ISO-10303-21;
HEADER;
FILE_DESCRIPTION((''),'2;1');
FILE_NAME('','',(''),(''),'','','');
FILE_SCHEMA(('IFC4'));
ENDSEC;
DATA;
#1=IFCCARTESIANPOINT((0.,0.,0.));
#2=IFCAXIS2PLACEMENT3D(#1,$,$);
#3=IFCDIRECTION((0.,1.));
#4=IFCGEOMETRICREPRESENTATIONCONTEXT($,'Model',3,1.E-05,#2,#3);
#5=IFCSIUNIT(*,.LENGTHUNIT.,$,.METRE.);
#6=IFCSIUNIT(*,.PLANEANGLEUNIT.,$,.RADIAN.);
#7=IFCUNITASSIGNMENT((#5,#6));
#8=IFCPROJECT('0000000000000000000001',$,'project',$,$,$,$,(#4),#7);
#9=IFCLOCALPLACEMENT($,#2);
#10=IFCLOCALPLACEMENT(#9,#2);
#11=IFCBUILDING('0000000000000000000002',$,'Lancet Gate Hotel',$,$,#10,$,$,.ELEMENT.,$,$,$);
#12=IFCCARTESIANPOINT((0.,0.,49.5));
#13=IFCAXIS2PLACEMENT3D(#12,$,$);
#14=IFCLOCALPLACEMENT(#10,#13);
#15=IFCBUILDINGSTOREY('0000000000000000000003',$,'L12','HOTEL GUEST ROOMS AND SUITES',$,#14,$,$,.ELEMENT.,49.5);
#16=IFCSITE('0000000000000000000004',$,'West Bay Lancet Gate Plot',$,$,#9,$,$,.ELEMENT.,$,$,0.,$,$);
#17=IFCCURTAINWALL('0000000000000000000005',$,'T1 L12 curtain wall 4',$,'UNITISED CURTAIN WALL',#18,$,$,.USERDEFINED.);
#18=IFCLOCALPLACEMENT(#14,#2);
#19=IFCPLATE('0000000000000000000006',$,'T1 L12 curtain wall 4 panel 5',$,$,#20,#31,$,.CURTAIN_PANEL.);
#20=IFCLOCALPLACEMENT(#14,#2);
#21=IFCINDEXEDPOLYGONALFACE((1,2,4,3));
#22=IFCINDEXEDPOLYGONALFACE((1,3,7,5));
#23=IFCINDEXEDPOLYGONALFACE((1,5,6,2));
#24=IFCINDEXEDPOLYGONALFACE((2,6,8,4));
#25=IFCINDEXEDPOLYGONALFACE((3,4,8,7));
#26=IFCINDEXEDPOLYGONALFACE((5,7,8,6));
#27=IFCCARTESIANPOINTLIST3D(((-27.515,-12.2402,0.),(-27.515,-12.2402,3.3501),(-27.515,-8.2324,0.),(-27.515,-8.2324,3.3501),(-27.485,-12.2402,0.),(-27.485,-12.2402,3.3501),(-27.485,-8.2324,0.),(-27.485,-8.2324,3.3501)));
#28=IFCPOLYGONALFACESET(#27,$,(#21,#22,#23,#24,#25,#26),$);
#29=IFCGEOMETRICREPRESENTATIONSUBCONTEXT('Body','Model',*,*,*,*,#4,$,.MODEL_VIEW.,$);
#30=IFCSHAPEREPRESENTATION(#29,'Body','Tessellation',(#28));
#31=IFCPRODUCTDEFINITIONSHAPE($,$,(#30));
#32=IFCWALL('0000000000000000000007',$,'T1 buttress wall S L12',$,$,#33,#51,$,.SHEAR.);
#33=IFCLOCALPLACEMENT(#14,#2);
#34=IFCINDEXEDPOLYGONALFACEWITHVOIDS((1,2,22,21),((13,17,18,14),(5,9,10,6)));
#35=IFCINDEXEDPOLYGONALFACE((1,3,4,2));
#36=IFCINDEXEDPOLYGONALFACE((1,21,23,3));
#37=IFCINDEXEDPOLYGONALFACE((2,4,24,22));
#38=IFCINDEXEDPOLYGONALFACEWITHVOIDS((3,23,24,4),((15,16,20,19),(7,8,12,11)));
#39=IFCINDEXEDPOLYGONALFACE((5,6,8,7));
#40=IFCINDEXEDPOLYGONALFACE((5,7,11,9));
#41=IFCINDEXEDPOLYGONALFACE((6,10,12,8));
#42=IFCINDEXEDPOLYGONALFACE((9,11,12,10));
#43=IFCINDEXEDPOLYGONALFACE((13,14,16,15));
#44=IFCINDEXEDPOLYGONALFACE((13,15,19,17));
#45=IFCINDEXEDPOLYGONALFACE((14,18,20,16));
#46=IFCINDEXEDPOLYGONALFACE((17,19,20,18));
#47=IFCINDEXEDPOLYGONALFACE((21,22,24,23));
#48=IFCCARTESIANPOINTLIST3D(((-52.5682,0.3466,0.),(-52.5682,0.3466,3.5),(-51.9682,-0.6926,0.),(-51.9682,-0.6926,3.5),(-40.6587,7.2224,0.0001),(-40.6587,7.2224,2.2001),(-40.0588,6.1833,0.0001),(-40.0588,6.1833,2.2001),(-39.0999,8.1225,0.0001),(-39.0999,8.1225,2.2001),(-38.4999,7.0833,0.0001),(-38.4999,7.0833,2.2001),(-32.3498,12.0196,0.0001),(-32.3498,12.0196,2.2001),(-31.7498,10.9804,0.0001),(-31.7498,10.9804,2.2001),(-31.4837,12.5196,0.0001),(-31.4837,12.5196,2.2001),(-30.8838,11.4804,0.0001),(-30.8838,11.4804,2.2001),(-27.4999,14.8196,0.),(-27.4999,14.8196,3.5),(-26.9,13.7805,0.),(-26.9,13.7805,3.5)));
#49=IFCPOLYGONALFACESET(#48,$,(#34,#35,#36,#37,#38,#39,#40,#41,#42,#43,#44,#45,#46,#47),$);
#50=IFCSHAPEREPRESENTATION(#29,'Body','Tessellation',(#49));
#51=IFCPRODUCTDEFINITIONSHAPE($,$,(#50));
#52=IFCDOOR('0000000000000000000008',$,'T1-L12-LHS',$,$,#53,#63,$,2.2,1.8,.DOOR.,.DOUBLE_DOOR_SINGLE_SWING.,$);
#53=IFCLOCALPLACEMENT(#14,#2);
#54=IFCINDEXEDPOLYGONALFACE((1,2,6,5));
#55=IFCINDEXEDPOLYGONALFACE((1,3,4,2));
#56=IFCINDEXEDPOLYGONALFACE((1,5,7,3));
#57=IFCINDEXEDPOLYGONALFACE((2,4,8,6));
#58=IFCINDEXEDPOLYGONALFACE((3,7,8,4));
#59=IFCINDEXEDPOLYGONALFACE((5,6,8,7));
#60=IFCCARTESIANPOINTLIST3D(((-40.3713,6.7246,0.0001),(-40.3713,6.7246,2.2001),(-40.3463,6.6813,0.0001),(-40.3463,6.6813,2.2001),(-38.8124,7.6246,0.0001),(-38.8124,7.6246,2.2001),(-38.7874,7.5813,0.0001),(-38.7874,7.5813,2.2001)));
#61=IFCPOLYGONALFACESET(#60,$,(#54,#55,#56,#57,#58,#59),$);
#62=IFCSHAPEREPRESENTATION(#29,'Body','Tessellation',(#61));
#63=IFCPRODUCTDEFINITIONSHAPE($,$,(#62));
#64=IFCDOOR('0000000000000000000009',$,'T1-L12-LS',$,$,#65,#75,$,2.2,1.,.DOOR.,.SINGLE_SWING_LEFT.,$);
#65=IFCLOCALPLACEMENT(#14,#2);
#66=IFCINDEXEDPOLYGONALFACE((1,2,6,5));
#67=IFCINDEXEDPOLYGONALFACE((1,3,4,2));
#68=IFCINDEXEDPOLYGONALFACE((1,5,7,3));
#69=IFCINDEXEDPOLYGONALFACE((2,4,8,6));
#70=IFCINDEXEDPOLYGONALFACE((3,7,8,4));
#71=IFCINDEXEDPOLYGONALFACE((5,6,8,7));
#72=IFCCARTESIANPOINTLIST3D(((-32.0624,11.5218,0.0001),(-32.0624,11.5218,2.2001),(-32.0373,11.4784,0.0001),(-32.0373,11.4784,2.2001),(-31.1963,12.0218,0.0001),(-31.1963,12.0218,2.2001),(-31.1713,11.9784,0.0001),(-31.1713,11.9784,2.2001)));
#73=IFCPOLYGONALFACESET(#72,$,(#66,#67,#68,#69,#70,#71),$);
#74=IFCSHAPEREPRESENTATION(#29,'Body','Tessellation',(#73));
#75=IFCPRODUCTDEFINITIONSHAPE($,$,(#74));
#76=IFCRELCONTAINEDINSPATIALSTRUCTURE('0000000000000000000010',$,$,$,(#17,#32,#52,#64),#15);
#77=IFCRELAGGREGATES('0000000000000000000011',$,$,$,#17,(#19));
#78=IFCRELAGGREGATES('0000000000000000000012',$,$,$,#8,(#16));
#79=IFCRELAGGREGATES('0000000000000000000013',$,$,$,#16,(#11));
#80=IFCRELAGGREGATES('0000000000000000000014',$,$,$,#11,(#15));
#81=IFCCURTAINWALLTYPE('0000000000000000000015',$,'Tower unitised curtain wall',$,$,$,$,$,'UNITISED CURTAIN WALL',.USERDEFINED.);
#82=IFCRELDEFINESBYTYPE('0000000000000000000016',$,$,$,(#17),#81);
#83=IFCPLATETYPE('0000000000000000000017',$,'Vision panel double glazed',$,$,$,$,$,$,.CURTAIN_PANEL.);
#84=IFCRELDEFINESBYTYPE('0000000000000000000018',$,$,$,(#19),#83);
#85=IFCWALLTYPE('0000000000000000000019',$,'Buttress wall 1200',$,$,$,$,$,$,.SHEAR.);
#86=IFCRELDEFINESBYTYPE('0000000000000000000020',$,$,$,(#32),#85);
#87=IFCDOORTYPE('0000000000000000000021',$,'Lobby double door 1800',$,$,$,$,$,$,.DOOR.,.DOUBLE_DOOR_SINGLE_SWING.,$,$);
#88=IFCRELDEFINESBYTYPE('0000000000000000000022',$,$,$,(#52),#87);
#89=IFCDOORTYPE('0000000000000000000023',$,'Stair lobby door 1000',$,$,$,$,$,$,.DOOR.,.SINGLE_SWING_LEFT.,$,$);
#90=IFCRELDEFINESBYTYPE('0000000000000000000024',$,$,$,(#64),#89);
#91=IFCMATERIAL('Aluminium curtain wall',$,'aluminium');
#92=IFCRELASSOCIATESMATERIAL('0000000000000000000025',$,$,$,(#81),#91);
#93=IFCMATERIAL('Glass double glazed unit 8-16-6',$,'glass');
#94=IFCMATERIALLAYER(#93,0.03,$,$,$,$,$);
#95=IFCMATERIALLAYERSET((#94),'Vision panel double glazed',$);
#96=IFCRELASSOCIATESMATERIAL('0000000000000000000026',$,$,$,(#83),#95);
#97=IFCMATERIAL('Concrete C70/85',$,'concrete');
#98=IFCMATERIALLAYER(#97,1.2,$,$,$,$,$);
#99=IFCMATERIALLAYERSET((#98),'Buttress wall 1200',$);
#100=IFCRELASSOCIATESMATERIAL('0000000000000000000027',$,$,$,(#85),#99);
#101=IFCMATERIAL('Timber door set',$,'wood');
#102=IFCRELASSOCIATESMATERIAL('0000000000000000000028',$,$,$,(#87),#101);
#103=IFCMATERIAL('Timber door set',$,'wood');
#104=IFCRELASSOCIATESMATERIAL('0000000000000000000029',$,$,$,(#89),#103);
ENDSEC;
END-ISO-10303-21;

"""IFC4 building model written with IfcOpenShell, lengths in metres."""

from ifc_helpers import new_model, si_unit, direction, frame, frame_2d, origin, origin_2d, place, context, subcontext, project, spatial, rectangle, extrude, material, layer, layer_set, type_object, element, fill, aggregate, save


model = new_model("IFC4")

# Units and contexts
model_context = context("Model", 3, precision=1e-05, world=origin(), true_north=direction((0.0, 1.0)))
body_context = subcontext(model_context, "Body", "Model", "MODEL_VIEW")
ifc_project = project(units=[si_unit("LENGTHUNIT", "METRE"), si_unit("PLANEANGLEUNIT", "RADIAN")], contexts=[model_context])

# Site, building, storey
site_placement = place(None, origin())
site = spatial("IfcSite", under=ifc_project, at=site_placement, Name="West Bay Lancet Gate Plot", CompositionType="ELEMENT", RefElevation=0.0)
building_placement = place(site_placement, origin())
building = spatial("IfcBuilding", under=site, at=building_placement, Name="Lancet Gate Hotel", CompositionType="ELEMENT")
storey_placement = place(building_placement, frame((0.0, 0.0, 49.5)))
storey = spatial("IfcBuildingStorey", under=building, at=storey_placement, Name="L12", Description="HOTEL GUEST ROOMS AND SUITES", CompositionType="ELEMENT", Elevation=49.5)

# Curtain wall
ifc_material_1 = material(Name="Aluminium curtain wall", Category="aluminium")
curtain_wall_type = type_object("IfcCurtainWallType", Name="Tower unitised curtain wall", ElementType="UNITISED CURTAIN WALL", PredefinedType="USERDEFINED", material=ifc_material_1)
curtain_wall_placement = place(storey_placement, origin())
curtain_wall = element("IfcCurtainWall", 1, at=curtain_wall_placement, inside=storey, type_object=curtain_wall_type, Name="T1 L12 curtain wall 4", ObjectType="UNITISED CURTAIN WALL", PredefinedType="USERDEFINED")

# Plate
ifc_material_2 = material(Name="Glass double glazed unit 8-16-6", Category="glass")
ifc_layer_1 = layer(ifc_material_2, 0.03)
ifc_layer_set_1 = layer_set([ifc_layer_1], Name="Vision panel double glazed")
plate_type = type_object("IfcPlateType", Name="Vision panel double glazed", PredefinedType="CURTAIN_PANEL", material=ifc_layer_set_1)
plate_1_placement = place(storey_placement, frame((-27.5, -10.2363, 0.0), z_axis=(0.0, 0.0, 1.0), x_axis=(0.0, 1.0, 0.0)))
plate_1 = element("IfcPlate", 2, at=plate_1_placement, type_object=plate_type, Name="T1 L12 curtain wall 4 panel 5", PredefinedType="CURTAIN_PANEL", context=body_context, shape_type="SweptSolid", body=[
    extrude(rectangle(XDim=4.0078, YDim=0.03, at=origin_2d()), origin(), (0.0, 0.0, 1.0), 3.3501),
])
aggregate(curtain_wall, [plate_1])

# Wall, openings, doors
ifc_material_3 = material(Name="Concrete C70/85", Category="concrete")
ifc_layer_2 = layer(ifc_material_3, 1.2)
ifc_layer_set_2 = layer_set([ifc_layer_2], Name="Buttress wall 1200")
wall_type = type_object("IfcWallType", Name="Buttress wall 1200", PredefinedType="SHEAR", material=ifc_layer_set_2)
wall_placement = place(storey_placement, frame((-27.2, 14.3, 0.0), z_axis=(0.0, 0.0, 1.0), x_axis=(-0.866027, -0.499998, 0.0)))
wall = element("IfcWall", 3, at=wall_placement, inside=storey, type_object=wall_type, Name="T1 buttress wall S L12", PredefinedType="SHEAR", context=body_context, shape_type="SweptSolid", body=[
    extrude(rectangle(XDim=28.9463, YDim=1.2, at=frame_2d((14.4731, 0.0))), origin(), (0.0, 0.0, 1.0), 3.5),
])
opening_1_placement = place(wall_placement, frame((4.6001, 0.0, 0.0)))
opening_1 = element("IfcOpeningElement", 4, at=opening_1_placement, cuts=wall, PredefinedType="OPENING", context=body_context, shape_type="SweptSolid", body=[
    extrude(rectangle(XDim=1.0, YDim=2.2, at=frame_2d((0.5, 1.1001))), frame((0.0, 0.6099, 0.0), z_axis=(0.0, -1.0, 0.0), x_axis=(1.0, 0.0, 0.0)), (0.0, 0.0, 1.0), 1.22),
])
opening_2_placement = place(wall_placement, frame((13.3945, 0.0, 0.0)))
opening_2 = element("IfcOpeningElement", 5, at=opening_2_placement, cuts=wall, PredefinedType="OPENING", context=body_context, shape_type="SweptSolid", body=[
    extrude(rectangle(XDim=1.8, YDim=2.2, at=frame_2d((0.8999, 1.1001))), frame((0.0, 0.6099, 0.0), z_axis=(0.0, -1.0, 0.0), x_axis=(1.0, 0.0, 0.0)), (0.0, 0.0, 1.0), 1.22),
])
ifc_material_4 = material(Name="Timber door set", Category="wood")
door_type_1 = type_object("IfcDoorType", Name="Lobby double door 1800", OperationType="DOUBLE_DOOR_SINGLE_SWING", PredefinedType="DOOR", material=ifc_material_4)
door_1_placement = place(opening_2_placement, origin())
door_1 = element("IfcDoor", 6, at=door_1_placement, inside=storey, type_object=door_type_1, Name="T1-L12-LHS", OperationType="DOUBLE_DOOR_SINGLE_SWING", OverallHeight=2.2, OverallWidth=1.8, PredefinedType="DOOR", context=body_context, shape_type="SweptSolid", body=[
    extrude(rectangle(XDim=1.8, YDim=2.2, at=frame_2d((0.8999, 1.1001))), frame((0.0, 0.0249, 0.0), z_axis=(0.0, -1.0, 0.0), x_axis=(1.0, 0.0, 0.0)), (0.0, 0.0, 1.0), 0.05),
])
fill(opening_2, door_1)
ifc_material_5 = material(Name="Timber door set", Category="wood")
door_type_2 = type_object("IfcDoorType", Name="Stair lobby door 1000", OperationType="SINGLE_SWING_LEFT", PredefinedType="DOOR", material=ifc_material_5)
door_2_placement = place(opening_1_placement, origin())
door_2 = element("IfcDoor", 7, at=door_2_placement, inside=storey, type_object=door_type_2, Name="T1-L12-LS", OperationType="SINGLE_SWING_LEFT", OverallHeight=2.2, OverallWidth=1.0, PredefinedType="DOOR", context=body_context, shape_type="SweptSolid", body=[
    extrude(rectangle(XDim=1.0, YDim=2.2, at=frame_2d((0.5, 1.1001))), frame((0.0, 0.0249, 0.0), z_axis=(0.0, -1.0, 0.0), x_axis=(1.0, 0.0, 0.0)), (0.0, 0.0, 1.0), 0.05),
])
fill(opening_1, door_2)

save(model, "model.ifc")
